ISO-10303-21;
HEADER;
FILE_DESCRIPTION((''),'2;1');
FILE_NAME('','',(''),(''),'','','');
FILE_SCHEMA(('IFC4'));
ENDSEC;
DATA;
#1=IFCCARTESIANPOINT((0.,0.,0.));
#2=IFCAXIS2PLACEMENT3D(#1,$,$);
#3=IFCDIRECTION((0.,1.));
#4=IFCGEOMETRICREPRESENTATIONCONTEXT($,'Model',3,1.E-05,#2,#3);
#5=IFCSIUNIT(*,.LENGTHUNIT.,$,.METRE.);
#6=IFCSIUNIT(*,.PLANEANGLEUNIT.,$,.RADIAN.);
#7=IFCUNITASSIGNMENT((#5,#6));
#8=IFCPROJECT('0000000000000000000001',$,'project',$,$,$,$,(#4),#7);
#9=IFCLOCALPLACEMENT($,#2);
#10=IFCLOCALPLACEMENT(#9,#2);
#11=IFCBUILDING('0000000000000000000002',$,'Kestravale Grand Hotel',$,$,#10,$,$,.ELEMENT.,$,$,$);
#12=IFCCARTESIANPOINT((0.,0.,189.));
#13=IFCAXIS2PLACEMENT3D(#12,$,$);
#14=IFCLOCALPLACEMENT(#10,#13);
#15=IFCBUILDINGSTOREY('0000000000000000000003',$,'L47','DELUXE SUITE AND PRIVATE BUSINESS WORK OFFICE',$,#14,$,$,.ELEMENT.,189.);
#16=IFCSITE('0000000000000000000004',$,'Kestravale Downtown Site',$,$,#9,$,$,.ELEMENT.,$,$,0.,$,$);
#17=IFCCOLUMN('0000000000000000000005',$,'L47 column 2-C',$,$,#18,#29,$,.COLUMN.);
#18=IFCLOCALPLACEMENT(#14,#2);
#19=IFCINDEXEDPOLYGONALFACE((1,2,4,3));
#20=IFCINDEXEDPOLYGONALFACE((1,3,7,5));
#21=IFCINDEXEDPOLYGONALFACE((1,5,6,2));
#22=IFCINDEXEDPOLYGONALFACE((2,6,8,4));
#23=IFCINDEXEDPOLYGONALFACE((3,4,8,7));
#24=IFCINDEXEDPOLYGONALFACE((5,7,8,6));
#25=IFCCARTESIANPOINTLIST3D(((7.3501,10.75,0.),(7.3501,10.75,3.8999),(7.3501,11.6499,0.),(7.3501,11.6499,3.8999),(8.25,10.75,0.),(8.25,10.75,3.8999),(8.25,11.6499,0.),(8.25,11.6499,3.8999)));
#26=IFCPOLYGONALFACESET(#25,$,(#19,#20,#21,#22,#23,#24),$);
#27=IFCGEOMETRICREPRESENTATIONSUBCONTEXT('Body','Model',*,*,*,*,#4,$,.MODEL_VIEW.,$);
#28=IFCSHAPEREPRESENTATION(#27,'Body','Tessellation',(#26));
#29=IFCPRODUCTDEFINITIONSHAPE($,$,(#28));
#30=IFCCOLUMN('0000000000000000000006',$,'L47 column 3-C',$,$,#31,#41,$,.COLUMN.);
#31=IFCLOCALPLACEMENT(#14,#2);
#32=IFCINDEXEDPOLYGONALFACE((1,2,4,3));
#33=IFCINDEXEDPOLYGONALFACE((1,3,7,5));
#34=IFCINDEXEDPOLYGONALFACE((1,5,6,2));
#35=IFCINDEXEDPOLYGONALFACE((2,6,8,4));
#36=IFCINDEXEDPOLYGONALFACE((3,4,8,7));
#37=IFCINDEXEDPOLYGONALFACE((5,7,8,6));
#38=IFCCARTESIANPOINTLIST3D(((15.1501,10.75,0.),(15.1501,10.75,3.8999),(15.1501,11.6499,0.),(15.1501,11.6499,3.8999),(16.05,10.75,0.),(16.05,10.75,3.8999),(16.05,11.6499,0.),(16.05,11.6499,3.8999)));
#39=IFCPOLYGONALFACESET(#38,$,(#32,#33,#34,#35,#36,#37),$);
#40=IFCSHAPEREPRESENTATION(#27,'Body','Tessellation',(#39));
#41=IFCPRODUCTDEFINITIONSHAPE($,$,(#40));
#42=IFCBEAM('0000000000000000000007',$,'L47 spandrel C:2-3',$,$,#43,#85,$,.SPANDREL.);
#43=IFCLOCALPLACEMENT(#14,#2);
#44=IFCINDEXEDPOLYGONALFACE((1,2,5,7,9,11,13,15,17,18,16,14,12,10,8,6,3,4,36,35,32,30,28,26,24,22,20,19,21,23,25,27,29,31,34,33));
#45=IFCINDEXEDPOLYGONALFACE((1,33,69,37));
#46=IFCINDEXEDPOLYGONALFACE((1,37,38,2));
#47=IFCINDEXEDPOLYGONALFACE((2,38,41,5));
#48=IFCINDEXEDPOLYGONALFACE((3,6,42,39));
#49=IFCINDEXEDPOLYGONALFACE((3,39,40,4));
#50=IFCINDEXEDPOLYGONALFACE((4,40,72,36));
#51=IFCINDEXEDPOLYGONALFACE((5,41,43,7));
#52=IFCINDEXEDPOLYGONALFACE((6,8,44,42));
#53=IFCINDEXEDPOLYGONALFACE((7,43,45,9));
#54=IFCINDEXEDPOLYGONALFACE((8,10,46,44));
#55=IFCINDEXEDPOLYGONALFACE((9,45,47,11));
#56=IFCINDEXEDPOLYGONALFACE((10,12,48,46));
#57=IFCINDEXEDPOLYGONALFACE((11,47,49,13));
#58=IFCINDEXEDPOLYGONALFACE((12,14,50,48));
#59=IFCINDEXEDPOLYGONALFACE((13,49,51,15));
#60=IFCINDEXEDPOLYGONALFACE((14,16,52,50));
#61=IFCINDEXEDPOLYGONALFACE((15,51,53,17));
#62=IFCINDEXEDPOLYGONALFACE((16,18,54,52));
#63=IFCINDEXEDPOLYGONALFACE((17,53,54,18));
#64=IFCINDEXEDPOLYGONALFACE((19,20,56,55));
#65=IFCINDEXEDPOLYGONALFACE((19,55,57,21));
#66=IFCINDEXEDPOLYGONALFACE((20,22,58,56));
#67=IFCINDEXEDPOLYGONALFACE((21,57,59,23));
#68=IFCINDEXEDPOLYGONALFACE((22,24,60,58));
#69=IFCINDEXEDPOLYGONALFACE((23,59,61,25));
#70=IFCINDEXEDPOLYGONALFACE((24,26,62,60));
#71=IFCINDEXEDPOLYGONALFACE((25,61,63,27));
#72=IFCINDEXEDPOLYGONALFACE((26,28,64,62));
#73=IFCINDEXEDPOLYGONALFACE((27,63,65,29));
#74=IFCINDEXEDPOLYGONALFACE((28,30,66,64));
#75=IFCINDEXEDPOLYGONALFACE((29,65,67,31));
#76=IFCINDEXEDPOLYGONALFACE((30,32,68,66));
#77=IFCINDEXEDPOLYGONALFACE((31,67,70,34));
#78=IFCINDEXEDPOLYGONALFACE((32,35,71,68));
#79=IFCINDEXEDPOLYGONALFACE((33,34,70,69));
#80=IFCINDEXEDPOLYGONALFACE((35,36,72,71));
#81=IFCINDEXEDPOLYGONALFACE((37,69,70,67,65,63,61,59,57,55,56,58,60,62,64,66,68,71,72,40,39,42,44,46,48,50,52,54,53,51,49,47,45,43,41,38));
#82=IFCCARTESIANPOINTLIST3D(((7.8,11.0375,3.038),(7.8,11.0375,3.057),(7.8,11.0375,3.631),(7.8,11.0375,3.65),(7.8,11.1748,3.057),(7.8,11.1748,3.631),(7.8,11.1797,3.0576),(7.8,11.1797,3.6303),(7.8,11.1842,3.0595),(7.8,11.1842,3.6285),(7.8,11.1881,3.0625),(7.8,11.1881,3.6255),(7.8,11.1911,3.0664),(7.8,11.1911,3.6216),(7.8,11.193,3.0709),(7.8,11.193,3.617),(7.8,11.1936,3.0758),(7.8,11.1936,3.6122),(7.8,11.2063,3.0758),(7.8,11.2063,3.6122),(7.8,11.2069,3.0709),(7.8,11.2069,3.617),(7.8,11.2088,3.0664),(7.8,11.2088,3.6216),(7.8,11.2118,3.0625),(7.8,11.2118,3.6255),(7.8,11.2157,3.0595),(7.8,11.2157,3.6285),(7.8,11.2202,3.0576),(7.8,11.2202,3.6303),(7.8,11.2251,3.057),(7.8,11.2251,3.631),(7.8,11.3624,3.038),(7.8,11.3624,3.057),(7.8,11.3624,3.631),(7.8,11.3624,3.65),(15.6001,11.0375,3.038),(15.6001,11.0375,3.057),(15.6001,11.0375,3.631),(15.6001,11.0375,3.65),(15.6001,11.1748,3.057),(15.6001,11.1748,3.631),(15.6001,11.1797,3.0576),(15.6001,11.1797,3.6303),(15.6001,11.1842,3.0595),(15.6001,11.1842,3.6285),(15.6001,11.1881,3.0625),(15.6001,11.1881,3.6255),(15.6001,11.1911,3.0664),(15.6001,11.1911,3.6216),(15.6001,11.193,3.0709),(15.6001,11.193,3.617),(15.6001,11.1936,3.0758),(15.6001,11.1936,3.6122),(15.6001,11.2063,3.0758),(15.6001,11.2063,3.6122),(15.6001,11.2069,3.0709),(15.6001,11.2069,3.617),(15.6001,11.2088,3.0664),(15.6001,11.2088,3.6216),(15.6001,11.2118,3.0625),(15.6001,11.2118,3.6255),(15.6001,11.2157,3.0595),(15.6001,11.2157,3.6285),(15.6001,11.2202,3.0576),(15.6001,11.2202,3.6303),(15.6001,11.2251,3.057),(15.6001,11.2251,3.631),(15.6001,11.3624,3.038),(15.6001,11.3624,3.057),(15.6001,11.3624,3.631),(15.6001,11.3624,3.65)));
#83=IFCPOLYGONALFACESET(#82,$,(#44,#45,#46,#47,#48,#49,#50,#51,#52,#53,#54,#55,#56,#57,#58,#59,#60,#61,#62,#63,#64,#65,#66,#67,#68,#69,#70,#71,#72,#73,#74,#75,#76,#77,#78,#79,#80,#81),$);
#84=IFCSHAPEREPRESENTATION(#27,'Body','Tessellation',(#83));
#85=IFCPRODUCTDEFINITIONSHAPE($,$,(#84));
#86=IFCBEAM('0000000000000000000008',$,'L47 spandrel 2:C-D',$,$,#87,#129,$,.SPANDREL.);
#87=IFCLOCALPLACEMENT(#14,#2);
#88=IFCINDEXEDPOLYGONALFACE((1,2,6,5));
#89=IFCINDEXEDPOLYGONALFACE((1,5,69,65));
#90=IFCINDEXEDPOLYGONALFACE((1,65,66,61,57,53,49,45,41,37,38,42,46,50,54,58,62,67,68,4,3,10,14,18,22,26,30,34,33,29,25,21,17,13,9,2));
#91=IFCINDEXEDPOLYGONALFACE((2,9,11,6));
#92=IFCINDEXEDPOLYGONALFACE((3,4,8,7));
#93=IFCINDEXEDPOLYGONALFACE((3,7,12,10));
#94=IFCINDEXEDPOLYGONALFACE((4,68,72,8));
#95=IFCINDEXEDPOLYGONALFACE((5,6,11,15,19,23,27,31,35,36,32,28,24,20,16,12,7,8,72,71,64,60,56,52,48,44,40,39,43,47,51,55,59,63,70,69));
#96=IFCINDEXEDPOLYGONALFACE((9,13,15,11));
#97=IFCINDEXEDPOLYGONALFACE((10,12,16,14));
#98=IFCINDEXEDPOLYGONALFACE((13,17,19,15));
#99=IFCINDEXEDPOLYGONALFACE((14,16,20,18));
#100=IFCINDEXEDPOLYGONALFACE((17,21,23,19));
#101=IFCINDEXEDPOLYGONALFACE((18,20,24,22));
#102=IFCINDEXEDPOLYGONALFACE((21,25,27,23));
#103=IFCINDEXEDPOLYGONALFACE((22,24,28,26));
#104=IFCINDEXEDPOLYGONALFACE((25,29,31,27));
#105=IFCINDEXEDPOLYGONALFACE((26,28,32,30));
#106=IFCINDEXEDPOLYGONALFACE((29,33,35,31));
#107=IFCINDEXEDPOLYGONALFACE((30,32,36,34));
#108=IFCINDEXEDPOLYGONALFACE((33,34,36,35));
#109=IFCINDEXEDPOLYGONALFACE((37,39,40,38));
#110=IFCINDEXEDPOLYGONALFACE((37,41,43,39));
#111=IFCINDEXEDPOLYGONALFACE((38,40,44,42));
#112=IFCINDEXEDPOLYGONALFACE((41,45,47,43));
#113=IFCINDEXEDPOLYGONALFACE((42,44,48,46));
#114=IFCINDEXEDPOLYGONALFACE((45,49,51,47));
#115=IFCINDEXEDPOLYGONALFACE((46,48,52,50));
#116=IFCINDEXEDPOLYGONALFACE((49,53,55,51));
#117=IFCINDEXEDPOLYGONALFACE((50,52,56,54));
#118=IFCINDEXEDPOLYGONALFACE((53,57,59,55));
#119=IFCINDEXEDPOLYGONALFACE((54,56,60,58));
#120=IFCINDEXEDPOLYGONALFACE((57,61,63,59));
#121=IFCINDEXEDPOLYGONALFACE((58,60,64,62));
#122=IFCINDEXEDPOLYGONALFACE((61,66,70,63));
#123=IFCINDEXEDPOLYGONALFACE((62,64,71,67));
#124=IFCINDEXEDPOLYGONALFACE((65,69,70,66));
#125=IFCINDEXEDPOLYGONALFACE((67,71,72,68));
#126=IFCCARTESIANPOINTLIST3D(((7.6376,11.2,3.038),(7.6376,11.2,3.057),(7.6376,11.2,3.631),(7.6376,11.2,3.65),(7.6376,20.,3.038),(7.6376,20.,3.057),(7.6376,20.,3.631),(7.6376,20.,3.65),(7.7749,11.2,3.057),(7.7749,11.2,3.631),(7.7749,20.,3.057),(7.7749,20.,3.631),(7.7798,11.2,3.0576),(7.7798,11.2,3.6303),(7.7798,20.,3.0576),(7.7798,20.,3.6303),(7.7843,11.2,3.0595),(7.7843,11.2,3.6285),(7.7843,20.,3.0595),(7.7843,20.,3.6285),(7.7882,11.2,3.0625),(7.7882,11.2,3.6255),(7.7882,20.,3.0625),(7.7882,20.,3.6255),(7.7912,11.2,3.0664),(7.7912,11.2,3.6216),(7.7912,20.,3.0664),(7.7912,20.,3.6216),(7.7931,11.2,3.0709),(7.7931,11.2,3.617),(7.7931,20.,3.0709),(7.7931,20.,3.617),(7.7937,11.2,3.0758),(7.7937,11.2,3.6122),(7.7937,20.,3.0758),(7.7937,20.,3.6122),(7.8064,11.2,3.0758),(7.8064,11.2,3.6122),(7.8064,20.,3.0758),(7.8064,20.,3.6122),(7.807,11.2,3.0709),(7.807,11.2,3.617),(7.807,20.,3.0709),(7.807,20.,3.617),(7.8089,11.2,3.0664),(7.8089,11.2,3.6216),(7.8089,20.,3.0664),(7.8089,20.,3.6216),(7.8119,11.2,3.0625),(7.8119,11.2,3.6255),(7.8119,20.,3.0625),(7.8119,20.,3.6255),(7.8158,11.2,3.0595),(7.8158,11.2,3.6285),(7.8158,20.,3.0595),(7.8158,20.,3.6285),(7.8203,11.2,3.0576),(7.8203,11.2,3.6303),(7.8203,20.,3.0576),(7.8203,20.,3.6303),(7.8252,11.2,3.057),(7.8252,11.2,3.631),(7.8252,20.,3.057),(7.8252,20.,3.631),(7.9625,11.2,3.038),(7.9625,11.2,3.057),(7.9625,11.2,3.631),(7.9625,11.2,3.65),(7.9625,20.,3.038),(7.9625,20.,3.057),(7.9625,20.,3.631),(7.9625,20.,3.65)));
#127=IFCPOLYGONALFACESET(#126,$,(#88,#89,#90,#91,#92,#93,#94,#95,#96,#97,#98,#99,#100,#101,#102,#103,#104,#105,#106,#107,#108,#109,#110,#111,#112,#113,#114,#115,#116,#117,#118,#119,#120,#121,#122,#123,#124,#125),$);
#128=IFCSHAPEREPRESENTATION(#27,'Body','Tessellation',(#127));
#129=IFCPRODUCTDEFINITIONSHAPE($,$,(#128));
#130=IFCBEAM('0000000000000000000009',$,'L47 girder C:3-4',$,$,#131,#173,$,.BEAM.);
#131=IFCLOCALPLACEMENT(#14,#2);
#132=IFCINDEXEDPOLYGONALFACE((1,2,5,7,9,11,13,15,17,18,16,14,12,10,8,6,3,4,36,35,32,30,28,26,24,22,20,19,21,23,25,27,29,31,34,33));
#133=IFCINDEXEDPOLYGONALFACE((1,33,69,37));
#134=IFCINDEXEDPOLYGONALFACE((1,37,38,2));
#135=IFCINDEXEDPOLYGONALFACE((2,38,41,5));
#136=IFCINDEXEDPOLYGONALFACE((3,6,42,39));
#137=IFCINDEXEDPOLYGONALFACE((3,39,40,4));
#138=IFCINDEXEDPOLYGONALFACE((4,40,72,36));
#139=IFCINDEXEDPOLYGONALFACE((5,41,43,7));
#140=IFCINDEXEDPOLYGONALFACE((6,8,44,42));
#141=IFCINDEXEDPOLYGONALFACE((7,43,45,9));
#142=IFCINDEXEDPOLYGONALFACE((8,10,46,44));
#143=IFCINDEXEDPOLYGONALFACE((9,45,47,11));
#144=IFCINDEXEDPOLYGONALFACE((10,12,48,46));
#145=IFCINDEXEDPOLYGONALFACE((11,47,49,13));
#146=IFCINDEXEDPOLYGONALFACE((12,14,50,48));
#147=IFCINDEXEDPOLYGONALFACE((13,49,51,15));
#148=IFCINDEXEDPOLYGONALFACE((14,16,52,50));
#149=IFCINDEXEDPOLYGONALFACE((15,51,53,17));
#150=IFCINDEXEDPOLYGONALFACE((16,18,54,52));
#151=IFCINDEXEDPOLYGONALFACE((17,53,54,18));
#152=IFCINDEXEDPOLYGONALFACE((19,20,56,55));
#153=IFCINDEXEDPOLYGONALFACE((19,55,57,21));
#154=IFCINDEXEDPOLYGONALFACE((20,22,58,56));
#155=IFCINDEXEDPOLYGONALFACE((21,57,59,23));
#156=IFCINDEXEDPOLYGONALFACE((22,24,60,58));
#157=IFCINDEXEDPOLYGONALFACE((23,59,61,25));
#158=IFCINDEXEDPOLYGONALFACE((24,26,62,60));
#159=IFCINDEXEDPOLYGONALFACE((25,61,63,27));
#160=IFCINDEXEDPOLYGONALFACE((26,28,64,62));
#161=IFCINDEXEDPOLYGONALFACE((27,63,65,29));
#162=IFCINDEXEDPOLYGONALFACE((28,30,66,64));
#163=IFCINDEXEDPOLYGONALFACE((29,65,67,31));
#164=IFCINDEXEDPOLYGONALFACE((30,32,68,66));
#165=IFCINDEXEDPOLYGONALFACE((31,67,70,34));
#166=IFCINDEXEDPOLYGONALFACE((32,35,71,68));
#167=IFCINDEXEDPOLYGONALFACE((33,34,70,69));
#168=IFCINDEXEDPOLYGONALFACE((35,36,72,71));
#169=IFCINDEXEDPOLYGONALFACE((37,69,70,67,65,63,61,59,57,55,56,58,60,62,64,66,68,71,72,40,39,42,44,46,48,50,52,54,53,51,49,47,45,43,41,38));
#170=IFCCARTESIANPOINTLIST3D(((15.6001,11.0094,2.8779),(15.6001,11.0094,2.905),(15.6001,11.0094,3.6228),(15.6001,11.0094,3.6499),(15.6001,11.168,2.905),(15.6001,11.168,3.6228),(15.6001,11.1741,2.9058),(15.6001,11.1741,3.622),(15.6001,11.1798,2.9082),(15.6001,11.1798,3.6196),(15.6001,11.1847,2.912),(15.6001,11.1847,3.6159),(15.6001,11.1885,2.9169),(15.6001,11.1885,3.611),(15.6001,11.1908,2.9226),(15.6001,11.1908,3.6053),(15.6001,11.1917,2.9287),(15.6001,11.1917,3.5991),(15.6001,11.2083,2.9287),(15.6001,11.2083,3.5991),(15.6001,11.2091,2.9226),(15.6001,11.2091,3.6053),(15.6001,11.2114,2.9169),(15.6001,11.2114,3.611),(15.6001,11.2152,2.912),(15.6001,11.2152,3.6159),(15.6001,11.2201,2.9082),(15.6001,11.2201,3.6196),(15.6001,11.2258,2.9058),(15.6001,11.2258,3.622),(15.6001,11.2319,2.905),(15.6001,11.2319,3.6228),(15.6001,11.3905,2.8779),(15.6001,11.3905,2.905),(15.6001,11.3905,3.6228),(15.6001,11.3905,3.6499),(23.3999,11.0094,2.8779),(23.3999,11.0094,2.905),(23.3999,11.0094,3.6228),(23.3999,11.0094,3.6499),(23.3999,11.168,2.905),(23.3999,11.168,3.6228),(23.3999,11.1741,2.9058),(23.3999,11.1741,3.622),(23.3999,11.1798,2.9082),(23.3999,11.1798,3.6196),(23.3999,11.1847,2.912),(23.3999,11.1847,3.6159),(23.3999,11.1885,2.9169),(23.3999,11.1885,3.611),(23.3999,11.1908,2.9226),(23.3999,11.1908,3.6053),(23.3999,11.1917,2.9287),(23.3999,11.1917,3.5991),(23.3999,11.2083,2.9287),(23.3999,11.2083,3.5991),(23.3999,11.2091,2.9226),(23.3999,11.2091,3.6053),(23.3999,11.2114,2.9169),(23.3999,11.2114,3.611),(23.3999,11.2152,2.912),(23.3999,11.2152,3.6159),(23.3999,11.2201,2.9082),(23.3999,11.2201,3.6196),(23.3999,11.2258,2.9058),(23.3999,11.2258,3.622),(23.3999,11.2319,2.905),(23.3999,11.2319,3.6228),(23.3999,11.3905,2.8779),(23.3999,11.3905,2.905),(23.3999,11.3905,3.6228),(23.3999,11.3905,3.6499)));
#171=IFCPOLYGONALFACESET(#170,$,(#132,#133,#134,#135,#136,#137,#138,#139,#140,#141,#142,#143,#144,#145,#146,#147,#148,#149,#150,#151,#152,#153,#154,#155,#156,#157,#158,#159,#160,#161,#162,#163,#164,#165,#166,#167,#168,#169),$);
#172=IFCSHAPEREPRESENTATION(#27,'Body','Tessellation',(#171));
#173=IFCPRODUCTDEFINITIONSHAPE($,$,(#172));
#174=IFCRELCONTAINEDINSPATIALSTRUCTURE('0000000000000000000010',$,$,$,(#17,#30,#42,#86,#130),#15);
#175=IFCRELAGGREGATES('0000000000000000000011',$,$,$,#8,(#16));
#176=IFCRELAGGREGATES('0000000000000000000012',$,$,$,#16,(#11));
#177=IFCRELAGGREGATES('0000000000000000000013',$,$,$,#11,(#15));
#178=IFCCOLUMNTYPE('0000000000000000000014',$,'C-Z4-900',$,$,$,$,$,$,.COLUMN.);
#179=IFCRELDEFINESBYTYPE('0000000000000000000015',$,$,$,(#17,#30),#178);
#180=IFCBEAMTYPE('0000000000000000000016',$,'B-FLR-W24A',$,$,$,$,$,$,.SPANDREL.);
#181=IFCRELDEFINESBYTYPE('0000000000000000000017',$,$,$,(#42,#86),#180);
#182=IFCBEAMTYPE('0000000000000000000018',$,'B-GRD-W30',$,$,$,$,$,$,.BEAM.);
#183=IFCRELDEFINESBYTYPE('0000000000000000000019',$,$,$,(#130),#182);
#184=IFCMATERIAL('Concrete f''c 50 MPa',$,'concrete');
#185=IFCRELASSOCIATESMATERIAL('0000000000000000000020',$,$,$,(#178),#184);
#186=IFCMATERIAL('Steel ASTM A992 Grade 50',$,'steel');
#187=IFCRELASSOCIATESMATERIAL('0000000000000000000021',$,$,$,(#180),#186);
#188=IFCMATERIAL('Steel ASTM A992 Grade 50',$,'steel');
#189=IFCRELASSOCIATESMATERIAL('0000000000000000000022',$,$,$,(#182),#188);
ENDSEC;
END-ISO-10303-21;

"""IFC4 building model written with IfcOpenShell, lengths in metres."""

from ifc_helpers import new_model, si_unit, direction, frame, origin, origin_2d, place, context, subcontext, project, spatial, rectangle, i_section, extrude, material, material_profile, profile_set, type_object, element, save


model = new_model("IFC4")

# Units and contexts
model_context = context("Model", 3, precision=1e-05, world=origin(), true_north=direction((0.0, 1.0)))
body_context = subcontext(model_context, "Body", "Model", "MODEL_VIEW")
ifc_project = project(units=[si_unit("LENGTHUNIT", "METRE"), si_unit("PLANEANGLEUNIT", "RADIAN")], contexts=[model_context])

# Site, building, storey
site_placement = place(None, origin())
site = spatial("IfcSite", under=ifc_project, at=site_placement, Name="Kestravale Downtown Site", CompositionType="ELEMENT", RefElevation=0.0)
building_placement = place(site_placement, origin())
building = spatial("IfcBuilding", under=site, at=building_placement, Name="Kestravale Grand Hotel", CompositionType="ELEMENT")
storey_placement = place(building_placement, frame((0.0, 0.0, 189.0)))
storey = spatial("IfcBuildingStorey", under=building, at=storey_placement, Name="L47", Description="DELUXE SUITE AND PRIVATE BUSINESS WORK OFFICE", CompositionType="ELEMENT", Elevation=189.0)

# Columns
ifc_material_1 = material(Name="Concrete f'c 50 MPa", Category="concrete")
ifc_material_profile_1 = material_profile(ifc_material_1, rectangle(XDim=0.8999, YDim=0.8999, at=origin_2d()))
ifc_profile_set_1 = profile_set([ifc_material_profile_1], Name="Concrete f'c 50 MPa")
column_type = type_object("IfcColumnType", Name="C-Z4-900", PredefinedType="COLUMN", material=ifc_profile_set_1)
for number, where, z_axis, x_axis, name in (
    (1, (7.8, 11.2, 0.0), (0.0, 0.0, 1.0), (1.0, 0.0, 0.0), "L47 column 2-C"),
    (2, (15.6001, 11.2, 0.0), (0.0, 0.0, 1.0), (1.0, 0.0, 0.0), "L47 column 3-C"),
):
    element("IfcColumn", number, at=place(storey_placement, frame(where, z_axis=z_axis, x_axis=x_axis)), inside=storey, type_object=column_type, Name=name, PredefinedType="COLUMN", context=body_context, shape_type="SweptSolid", body=[
        extrude(rectangle(XDim=0.8999, YDim=0.8999, at=origin_2d()), origin(), (0.0, 0.0, 1.0), 3.8999),
    ])

# Beams
ifc_material_2 = material(Name="Steel ASTM A992 Grade 50", Category="steel")
ifc_material_profile_2 = material_profile(ifc_material_2, i_section(OverallWidth=0.325, OverallDepth=0.6121, WebThickness=0.0127, FlangeThickness=0.019, FilletRadius=0.0188, at=origin_2d()))
ifc_profile_set_2 = profile_set([ifc_material_profile_2], Name="Steel ASTM A992 Grade 50")
beam_type_1 = type_object("IfcBeamType", Name="B-FLR-W24A", PredefinedType="SPANDREL", material=ifc_profile_set_2)
beam_1_placement = place(storey_placement, frame((7.8, 11.2, 3.344), z_axis=(1.0, 0.0, 0.0), x_axis=(0.0, 1.0, 0.0)))
element("IfcBeam", 3, at=beam_1_placement, inside=storey, type_object=beam_type_1, Name="L47 spandrel C:2-3", PredefinedType="SPANDREL", context=body_context, shape_type="SweptSolid", body=[
    extrude(i_section(OverallWidth=0.325, OverallDepth=0.6121, WebThickness=0.0127, FlangeThickness=0.019, FilletRadius=0.0188, at=origin_2d()), origin(), (0.0, 0.0, 1.0), 7.8),
])
beam_2_placement = place(storey_placement, frame((7.8, 11.2, 3.344), z_axis=(0.0, 1.0, 0.0), x_axis=(-1.0, 0.0, 0.0)))
element("IfcBeam", 4, at=beam_2_placement, inside=storey, type_object=beam_type_1, Name="L47 spandrel 2:C-D", PredefinedType="SPANDREL", context=body_context, shape_type="SweptSolid", body=[
    extrude(i_section(OverallWidth=0.325, OverallDepth=0.6121, WebThickness=0.0127, FlangeThickness=0.019, FilletRadius=0.0188, at=origin_2d()), origin(), (0.0, 0.0, 1.0), 8.8),
])
ifc_material_3 = material(Name="Steel ASTM A992 Grade 50", Category="steel")
ifc_material_profile_3 = material_profile(ifc_material_3, i_section(OverallWidth=0.3811, OverallDepth=0.772, WebThickness=0.0166, FlangeThickness=0.0271, FilletRadius=0.0237, at=origin_2d()))
ifc_profile_set_3 = profile_set([ifc_material_profile_3], Name="Steel ASTM A992 Grade 50")
beam_type_2 = type_object("IfcBeamType", Name="B-GRD-W30", PredefinedType="BEAM", material=ifc_profile_set_3)
beam_3_placement = place(storey_placement, frame((15.6001, 11.2, 3.2639), z_axis=(1.0, 0.0, 0.0), x_axis=(0.0, 1.0, 0.0)))
element("IfcBeam", 5, at=beam_3_placement, inside=storey, type_object=beam_type_2, Name="L47 girder C:3-4", PredefinedType="BEAM", context=body_context, shape_type="SweptSolid", body=[
    extrude(i_section(OverallWidth=0.3811, OverallDepth=0.772, WebThickness=0.0166, FlangeThickness=0.0271, FilletRadius=0.0237, at=origin_2d()), origin(), (0.0, 0.0, 1.0), 7.7998),
])

save(model, "model.ifc")
